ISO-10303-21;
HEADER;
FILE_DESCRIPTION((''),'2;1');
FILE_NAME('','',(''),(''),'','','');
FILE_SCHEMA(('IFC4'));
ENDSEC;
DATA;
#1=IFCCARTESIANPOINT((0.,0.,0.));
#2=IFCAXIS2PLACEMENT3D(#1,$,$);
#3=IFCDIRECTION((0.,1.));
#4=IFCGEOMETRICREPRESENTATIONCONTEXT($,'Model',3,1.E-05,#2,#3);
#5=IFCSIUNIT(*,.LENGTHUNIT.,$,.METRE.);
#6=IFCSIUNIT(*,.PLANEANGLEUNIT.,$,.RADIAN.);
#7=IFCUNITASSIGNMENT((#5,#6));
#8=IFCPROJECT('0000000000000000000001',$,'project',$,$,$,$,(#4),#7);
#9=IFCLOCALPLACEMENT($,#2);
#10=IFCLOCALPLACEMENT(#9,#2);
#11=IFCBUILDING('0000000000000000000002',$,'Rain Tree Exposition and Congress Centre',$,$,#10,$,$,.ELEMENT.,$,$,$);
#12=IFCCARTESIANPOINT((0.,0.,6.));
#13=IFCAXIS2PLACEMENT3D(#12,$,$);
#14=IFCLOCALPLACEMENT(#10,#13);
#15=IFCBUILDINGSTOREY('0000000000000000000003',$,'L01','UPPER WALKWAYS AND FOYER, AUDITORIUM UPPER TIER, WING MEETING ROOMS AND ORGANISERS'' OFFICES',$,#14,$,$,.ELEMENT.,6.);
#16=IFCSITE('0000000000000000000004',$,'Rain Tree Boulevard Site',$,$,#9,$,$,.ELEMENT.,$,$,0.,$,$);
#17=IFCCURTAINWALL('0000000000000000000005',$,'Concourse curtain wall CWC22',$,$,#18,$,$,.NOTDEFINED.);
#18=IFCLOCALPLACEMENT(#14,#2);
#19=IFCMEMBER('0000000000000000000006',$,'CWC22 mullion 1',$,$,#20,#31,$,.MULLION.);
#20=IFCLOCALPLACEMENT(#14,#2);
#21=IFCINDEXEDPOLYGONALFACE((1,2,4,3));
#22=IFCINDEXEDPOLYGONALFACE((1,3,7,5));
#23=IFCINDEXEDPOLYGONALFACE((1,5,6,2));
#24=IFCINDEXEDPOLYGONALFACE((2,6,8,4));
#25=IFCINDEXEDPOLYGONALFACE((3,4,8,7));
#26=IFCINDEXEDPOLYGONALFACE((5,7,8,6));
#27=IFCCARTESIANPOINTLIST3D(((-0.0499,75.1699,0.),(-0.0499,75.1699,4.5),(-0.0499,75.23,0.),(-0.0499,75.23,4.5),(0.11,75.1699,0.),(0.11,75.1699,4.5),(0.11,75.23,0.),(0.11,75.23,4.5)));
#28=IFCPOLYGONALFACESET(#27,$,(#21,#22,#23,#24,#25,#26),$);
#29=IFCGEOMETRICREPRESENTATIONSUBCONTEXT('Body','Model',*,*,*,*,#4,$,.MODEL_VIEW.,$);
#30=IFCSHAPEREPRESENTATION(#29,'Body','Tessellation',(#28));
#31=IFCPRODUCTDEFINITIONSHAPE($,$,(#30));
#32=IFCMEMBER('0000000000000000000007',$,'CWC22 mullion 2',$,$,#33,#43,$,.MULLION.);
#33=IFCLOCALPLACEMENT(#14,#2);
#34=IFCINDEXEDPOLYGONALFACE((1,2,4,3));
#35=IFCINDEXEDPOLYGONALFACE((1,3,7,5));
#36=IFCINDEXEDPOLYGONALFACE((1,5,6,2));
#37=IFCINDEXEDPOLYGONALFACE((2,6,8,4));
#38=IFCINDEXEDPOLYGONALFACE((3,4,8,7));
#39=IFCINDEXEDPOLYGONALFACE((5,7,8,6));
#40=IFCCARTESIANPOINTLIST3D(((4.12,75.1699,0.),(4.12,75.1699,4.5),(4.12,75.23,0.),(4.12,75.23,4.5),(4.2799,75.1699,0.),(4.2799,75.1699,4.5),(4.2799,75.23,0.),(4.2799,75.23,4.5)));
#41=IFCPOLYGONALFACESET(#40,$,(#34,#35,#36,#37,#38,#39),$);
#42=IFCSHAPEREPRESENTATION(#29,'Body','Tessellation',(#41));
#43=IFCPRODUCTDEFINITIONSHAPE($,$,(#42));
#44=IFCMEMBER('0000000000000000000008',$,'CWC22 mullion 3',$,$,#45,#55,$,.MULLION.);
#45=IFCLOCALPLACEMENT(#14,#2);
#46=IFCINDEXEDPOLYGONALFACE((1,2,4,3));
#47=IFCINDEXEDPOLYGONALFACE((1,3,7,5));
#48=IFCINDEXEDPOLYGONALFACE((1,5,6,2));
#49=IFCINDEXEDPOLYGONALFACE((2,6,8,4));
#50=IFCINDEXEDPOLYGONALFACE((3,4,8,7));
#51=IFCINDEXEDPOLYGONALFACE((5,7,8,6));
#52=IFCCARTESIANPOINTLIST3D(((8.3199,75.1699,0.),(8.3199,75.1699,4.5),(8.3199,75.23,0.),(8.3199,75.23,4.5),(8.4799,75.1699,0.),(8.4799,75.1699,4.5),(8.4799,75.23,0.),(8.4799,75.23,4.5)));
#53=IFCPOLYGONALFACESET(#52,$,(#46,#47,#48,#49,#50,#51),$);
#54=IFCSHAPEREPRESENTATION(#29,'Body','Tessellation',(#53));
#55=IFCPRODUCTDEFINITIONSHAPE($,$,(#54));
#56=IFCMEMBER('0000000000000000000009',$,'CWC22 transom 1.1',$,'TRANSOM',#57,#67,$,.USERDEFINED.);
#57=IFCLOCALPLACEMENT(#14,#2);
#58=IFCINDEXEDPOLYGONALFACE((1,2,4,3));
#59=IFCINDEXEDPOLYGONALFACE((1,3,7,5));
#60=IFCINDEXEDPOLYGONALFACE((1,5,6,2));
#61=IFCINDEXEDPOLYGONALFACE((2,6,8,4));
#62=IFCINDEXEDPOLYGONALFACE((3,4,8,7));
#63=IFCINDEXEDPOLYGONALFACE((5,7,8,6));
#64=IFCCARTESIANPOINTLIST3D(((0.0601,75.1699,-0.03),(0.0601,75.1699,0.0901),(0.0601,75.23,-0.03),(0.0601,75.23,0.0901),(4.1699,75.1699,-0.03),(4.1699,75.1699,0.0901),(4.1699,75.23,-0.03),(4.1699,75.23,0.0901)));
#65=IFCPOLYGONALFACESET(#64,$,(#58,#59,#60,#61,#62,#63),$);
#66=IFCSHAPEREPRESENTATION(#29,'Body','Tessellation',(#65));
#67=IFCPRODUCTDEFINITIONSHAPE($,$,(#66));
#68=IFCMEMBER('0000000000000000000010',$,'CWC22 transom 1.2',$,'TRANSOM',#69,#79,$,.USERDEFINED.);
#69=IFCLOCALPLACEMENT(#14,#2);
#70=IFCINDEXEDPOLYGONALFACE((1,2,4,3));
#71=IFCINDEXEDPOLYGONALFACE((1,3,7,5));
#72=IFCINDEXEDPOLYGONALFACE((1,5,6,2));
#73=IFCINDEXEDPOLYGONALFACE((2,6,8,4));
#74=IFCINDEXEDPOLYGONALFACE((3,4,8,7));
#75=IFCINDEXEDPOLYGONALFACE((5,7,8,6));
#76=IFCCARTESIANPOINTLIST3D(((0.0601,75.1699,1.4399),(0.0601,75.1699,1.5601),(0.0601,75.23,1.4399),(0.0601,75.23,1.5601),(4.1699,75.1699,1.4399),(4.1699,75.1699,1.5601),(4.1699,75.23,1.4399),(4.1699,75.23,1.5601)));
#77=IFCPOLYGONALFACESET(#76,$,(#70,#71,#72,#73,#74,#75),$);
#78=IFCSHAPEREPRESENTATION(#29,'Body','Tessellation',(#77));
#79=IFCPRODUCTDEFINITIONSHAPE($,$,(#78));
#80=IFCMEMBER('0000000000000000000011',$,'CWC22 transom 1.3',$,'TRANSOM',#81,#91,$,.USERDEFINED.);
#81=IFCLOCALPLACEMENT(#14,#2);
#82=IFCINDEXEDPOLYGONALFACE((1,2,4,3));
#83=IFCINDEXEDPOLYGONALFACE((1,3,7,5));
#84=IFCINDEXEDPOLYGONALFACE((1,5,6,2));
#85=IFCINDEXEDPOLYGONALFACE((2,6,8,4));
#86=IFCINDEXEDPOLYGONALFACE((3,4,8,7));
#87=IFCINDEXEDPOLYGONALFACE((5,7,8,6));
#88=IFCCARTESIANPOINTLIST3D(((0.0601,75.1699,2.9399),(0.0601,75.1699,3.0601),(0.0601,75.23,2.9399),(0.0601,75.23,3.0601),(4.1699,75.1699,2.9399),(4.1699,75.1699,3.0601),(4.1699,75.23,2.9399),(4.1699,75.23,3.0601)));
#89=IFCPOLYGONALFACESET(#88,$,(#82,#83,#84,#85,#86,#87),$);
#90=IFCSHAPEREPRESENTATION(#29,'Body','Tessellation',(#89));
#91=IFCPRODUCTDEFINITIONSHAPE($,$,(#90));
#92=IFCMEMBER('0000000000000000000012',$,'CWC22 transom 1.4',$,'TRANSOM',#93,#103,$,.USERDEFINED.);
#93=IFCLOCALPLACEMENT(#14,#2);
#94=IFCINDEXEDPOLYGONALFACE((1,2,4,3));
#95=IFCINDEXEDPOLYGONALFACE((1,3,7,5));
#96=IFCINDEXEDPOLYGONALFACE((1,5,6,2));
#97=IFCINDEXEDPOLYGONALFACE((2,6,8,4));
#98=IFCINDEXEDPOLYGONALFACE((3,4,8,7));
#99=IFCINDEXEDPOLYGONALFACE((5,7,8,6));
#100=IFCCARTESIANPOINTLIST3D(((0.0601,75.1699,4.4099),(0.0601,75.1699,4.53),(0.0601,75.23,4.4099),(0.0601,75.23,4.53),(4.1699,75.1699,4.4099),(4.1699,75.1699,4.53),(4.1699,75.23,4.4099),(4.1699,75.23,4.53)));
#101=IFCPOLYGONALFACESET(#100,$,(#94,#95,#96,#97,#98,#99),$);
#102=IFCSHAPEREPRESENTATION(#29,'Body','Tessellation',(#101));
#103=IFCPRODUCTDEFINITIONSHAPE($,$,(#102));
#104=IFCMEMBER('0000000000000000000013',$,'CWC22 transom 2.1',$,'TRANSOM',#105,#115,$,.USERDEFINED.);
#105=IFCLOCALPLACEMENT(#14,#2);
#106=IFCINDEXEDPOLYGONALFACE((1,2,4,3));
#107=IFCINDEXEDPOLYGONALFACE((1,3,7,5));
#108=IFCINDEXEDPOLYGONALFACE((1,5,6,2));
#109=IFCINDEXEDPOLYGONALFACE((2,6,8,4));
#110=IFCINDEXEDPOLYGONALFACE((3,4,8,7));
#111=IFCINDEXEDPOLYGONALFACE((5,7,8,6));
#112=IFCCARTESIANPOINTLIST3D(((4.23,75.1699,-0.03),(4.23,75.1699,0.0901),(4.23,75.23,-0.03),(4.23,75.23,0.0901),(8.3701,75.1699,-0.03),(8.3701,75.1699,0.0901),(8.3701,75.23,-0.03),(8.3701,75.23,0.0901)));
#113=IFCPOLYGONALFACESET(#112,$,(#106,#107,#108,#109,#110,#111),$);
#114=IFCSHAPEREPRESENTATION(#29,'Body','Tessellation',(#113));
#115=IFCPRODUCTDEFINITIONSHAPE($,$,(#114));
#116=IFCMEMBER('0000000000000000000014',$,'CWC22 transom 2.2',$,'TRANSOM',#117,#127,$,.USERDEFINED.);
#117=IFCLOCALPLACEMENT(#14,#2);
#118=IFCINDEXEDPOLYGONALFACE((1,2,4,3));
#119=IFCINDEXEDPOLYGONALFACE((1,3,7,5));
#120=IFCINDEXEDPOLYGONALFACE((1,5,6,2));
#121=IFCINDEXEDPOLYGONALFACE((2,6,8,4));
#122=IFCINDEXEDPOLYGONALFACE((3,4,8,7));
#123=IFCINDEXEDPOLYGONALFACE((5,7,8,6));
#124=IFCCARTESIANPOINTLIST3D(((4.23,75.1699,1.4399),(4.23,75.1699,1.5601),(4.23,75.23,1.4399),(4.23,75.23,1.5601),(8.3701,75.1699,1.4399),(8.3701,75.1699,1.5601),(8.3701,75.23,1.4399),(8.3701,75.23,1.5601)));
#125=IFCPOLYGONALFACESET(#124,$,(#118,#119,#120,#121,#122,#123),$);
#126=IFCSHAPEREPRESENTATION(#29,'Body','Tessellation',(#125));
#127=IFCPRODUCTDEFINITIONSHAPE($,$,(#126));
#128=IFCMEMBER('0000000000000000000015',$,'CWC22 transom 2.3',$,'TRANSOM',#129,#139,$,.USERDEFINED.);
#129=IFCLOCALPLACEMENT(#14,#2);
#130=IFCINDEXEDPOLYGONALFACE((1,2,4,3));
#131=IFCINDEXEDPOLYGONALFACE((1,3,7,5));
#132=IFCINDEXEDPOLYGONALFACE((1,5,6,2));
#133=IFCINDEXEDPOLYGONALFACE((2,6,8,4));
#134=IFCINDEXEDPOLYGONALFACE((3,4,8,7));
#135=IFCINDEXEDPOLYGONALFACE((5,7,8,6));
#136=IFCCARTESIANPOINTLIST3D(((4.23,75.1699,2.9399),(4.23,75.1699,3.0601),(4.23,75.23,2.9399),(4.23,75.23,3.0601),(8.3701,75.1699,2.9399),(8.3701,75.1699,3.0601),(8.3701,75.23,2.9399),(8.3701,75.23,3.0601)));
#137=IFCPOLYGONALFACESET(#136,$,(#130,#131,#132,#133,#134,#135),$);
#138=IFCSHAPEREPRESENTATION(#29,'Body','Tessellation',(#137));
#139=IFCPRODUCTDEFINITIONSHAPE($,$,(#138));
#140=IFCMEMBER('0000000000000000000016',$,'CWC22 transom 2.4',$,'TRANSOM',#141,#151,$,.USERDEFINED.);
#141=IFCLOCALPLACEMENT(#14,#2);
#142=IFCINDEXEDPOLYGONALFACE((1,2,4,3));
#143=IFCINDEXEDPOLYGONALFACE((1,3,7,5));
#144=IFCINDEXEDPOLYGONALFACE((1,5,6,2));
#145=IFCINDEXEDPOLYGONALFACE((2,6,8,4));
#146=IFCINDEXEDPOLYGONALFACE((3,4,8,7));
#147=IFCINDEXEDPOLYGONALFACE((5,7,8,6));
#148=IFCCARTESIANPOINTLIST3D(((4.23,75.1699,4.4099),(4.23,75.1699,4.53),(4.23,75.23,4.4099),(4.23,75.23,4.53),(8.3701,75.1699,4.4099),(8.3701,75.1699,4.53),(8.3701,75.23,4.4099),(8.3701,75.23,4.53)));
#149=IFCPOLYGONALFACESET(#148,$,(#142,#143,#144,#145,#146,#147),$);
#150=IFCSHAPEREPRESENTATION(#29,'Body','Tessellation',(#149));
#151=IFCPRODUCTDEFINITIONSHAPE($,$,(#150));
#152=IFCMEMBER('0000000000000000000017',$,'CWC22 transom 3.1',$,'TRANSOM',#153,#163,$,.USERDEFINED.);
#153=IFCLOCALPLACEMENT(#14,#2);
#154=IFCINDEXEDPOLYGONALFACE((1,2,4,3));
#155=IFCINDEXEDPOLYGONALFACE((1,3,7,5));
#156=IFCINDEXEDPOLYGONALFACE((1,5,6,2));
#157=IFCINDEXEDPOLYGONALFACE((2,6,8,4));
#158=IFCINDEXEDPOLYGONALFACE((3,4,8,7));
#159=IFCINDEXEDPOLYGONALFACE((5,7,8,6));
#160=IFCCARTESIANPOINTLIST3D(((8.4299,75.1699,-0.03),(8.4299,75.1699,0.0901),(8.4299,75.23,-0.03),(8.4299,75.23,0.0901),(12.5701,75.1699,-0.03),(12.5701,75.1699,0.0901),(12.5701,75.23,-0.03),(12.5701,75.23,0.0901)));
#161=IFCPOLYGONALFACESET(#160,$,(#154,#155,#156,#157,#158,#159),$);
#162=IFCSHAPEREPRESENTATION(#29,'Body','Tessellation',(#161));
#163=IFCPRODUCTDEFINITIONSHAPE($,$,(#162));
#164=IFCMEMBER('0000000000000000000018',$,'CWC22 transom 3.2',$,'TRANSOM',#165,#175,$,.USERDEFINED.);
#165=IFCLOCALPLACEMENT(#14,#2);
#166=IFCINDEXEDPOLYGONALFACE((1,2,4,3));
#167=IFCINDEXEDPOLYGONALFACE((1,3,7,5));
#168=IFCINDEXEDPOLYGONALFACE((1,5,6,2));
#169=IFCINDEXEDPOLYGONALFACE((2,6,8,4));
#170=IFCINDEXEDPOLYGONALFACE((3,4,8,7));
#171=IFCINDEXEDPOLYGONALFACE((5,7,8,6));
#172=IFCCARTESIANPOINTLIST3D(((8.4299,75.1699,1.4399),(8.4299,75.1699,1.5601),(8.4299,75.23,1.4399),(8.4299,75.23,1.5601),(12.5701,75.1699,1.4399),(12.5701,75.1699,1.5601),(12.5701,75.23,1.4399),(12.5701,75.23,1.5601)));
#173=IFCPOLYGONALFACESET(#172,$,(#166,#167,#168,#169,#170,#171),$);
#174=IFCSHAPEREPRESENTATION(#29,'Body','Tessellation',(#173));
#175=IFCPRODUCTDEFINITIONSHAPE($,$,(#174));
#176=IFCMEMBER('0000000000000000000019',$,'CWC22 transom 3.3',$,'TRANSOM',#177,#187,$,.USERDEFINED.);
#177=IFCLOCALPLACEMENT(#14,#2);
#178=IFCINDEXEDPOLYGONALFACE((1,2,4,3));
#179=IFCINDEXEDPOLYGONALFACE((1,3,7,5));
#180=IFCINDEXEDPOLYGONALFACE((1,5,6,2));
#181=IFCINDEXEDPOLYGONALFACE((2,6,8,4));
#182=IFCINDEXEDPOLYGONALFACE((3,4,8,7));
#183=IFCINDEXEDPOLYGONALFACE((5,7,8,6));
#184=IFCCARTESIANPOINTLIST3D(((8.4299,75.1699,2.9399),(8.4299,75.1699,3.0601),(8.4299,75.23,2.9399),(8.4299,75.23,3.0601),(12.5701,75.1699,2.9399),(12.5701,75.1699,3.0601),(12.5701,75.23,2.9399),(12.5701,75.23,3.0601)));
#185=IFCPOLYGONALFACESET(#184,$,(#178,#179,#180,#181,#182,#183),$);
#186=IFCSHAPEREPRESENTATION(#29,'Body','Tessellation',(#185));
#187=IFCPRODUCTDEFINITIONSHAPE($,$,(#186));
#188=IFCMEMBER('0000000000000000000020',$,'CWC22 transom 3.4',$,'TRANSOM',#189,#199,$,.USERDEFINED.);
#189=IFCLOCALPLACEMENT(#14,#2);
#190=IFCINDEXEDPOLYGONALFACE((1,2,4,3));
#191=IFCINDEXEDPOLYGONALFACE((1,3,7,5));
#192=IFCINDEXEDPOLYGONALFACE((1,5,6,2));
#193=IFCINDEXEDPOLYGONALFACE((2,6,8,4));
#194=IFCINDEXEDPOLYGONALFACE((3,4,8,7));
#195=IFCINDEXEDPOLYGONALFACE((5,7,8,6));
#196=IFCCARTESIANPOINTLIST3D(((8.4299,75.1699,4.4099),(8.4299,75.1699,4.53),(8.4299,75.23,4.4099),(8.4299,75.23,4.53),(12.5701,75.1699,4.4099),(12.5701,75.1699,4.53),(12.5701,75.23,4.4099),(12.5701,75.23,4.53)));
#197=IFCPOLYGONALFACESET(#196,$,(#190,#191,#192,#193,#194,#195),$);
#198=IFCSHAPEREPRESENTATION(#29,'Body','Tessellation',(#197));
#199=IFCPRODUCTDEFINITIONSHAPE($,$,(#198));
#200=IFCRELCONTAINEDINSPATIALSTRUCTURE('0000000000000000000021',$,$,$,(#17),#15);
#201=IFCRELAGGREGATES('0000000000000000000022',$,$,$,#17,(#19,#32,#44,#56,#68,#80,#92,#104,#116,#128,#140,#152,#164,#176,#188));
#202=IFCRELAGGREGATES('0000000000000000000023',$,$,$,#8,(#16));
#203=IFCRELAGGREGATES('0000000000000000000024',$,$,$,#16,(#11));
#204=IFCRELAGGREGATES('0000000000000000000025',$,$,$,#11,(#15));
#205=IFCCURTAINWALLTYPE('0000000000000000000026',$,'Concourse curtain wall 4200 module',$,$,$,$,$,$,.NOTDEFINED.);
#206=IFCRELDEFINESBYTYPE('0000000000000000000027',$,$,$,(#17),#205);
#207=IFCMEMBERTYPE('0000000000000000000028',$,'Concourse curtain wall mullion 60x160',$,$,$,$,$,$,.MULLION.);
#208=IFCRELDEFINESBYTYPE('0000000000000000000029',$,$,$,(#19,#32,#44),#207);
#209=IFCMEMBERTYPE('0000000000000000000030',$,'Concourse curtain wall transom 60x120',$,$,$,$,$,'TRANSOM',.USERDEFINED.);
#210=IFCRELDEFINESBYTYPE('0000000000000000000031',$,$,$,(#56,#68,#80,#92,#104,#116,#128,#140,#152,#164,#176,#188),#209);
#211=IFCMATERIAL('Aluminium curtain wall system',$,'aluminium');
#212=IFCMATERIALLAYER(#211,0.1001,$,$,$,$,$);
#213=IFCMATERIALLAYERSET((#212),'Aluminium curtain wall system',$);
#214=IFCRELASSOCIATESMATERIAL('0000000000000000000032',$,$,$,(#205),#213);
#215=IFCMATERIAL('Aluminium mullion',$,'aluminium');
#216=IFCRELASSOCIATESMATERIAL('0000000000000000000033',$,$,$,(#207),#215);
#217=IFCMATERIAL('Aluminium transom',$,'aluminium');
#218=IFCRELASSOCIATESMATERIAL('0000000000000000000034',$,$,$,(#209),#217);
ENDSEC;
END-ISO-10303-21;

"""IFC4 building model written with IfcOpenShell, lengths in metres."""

from ifc_helpers import new_model, si_unit, direction, frame, origin, origin_2d, place, context, subcontext, project, spatial, rectangle, extrude, material, layer, layer_set, material_profile, profile_set, type_object, element, aggregate, save


model = new_model("IFC4")

# Units and contexts
model_context = context("Model", 3, precision=1e-05, world=origin(), true_north=direction((0.0, 1.0)))
body_context = subcontext(model_context, "Body", "Model", "MODEL_VIEW")
ifc_project = project(units=[si_unit("LENGTHUNIT", "METRE"), si_unit("PLANEANGLEUNIT", "RADIAN")], contexts=[model_context])

# Site, building, storey
site_placement = place(None, origin())
site = spatial("IfcSite", under=ifc_project, at=site_placement, Name="Rain Tree Boulevard Site", CompositionType="ELEMENT", RefElevation=0.0)
building_placement = place(site_placement, origin())
building = spatial("IfcBuilding", under=site, at=building_placement, Name="Rain Tree Exposition and Congress Centre", CompositionType="ELEMENT")
storey_placement = place(building_placement, frame((0.0, 0.0, 6.0)))
storey = spatial("IfcBuildingStorey", under=building, at=storey_placement, Name="L01", Description="UPPER WALKWAYS AND FOYER, AUDITORIUM UPPER TIER, WING MEETING ROOMS AND ORGANISERS' OFFICES", CompositionType="ELEMENT", Elevation=6.0)

# Curtain wall, members
ifc_material_1 = material(Name="Aluminium curtain wall system", Category="aluminium")
ifc_layer_1 = layer(ifc_material_1, 0.1001)
ifc_layer_set_1 = layer_set([ifc_layer_1], Name="Aluminium curtain wall system")
curtain_wall_type = type_object("IfcCurtainWallType", Name="Concourse curtain wall 4200 module", PredefinedType="NOTDEFINED", material=ifc_layer_set_1)
curtain_wall_placement = place(storey_placement, origin())
curtain_wall = element("IfcCurtainWall", 1, at=curtain_wall_placement, inside=storey, type_object=curtain_wall_type, Name="Concourse curtain wall CWC22", PredefinedType="NOTDEFINED")
ifc_material_2 = material(Name="Aluminium mullion", Category="aluminium")
ifc_material_profile_1 = material_profile(ifc_material_2, rectangle(XDim=0.0601, YDim=0.1599, at=origin_2d()), Name="AL 60x160")
ifc_profile_set_1 = profile_set([ifc_material_profile_1], Name="Aluminium mullion")
member_type_1 = type_object("IfcMemberType", Name="Concourse curtain wall mullion 60x160", PredefinedType="MULLION", material=ifc_profile_set_1)
member_1_placement = place(storey_placement, frame((0.03, 75.2, 0.0), z_axis=(0.0, 0.0, 1.0), x_axis=(0.0, 1.0, 0.0)))
member_1 = element("IfcMember", 2, at=member_1_placement, type_object=member_type_1, Name="CWC22 mullion 1", PredefinedType="MULLION", context=body_context, shape_type="SweptSolid", body=[
    extrude(rectangle(XDim=0.0601, YDim=0.1599, at=origin_2d()), origin(), (0.0, 0.0, 1.0), 4.5),
])
member_2_placement = place(storey_placement, frame((4.2, 75.2, 0.0), z_axis=(0.0, 0.0, 1.0), x_axis=(0.0, 1.0, 0.0)))
member_2 = element("IfcMember", 3, at=member_2_placement, type_object=member_type_1, Name="CWC22 mullion 2", PredefinedType="MULLION", context=body_context, shape_type="SweptSolid", body=[
    extrude(rectangle(XDim=0.0601, YDim=0.1599, at=origin_2d()), origin(), (0.0, 0.0, 1.0), 4.5),
])
member_3_placement = place(storey_placement, frame((8.3999, 75.2, 0.0), z_axis=(0.0, 0.0, 1.0), x_axis=(0.0, 1.0, 0.0)))
member_3 = element("IfcMember", 4, at=member_3_placement, type_object=member_type_1, Name="CWC22 mullion 3", PredefinedType="MULLION", context=body_context, shape_type="SweptSolid", body=[
    extrude(rectangle(XDim=0.0601, YDim=0.1599, at=origin_2d()), origin(), (0.0, 0.0, 1.0), 4.5),
])
ifc_material_3 = material(Name="Aluminium transom", Category="aluminium")
ifc_material_profile_2 = material_profile(ifc_material_3, rectangle(XDim=0.0601, YDim=0.1201, at=origin_2d()), Name="AL 60x120")
ifc_profile_set_2 = profile_set([ifc_material_profile_2], Name="Aluminium transom")
member_type_2 = type_object("IfcMemberType", Name="Concourse curtain wall transom 60x120", ElementType="TRANSOM", PredefinedType="USERDEFINED", material=ifc_profile_set_2)
member_4_placement = place(storey_placement, frame((0.0601, 75.2, 0.03), z_axis=(1.0, 0.0, 0.0), x_axis=(0.0, 1.0, 0.0)))
member_4 = element("IfcMember", 5, at=member_4_placement, type_object=member_type_2, Name="CWC22 transom 1.1", ObjectType="TRANSOM", PredefinedType="USERDEFINED", context=body_context, shape_type="SweptSolid", body=[
    extrude(rectangle(XDim=0.0601, YDim=0.1201, at=origin_2d()), origin(), (0.0, 0.0, 1.0), 4.1099),
])
member_5_placement = place(storey_placement, frame((0.0601, 75.2, 1.5), z_axis=(1.0, 0.0, 0.0), x_axis=(0.0, 1.0, 0.0)))
member_5 = element("IfcMember", 6, at=member_5_placement, type_object=member_type_2, Name="CWC22 transom 1.2", ObjectType="TRANSOM", PredefinedType="USERDEFINED", context=body_context, shape_type="SweptSolid", body=[
    extrude(rectangle(XDim=0.0601, YDim=0.1201, at=origin_2d()), origin(), (0.0, 0.0, 1.0), 4.1099),
])
member_6_placement = place(storey_placement, frame((0.0601, 75.2, 3.0), z_axis=(1.0, 0.0, 0.0), x_axis=(0.0, 1.0, 0.0)))
member_6 = element("IfcMember", 7, at=member_6_placement, type_object=member_type_2, Name="CWC22 transom 1.3", ObjectType="TRANSOM", PredefinedType="USERDEFINED", context=body_context, shape_type="SweptSolid", body=[
    extrude(rectangle(XDim=0.0601, YDim=0.1201, at=origin_2d()), origin(), (0.0, 0.0, 1.0), 4.1099),
])
member_7_placement = place(storey_placement, frame((0.0601, 75.2, 4.47), z_axis=(1.0, 0.0, 0.0), x_axis=(0.0, 1.0, 0.0)))
member_7 = element("IfcMember", 8, at=member_7_placement, type_object=member_type_2, Name="CWC22 transom 1.4", ObjectType="TRANSOM", PredefinedType="USERDEFINED", context=body_context, shape_type="SweptSolid", body=[
    extrude(rectangle(XDim=0.0601, YDim=0.1201, at=origin_2d()), origin(), (0.0, 0.0, 1.0), 4.1099),
])
member_8_placement = place(storey_placement, frame((4.23, 75.2, 0.03), z_axis=(1.0, 0.0, 0.0), x_axis=(0.0, 1.0, 0.0)))
member_8 = element("IfcMember", 9, at=member_8_placement, type_object=member_type_2, Name="CWC22 transom 2.1", ObjectType="TRANSOM", PredefinedType="USERDEFINED", context=body_context, shape_type="SweptSolid", body=[
    extrude(rectangle(XDim=0.0601, YDim=0.1201, at=origin_2d()), origin(), (0.0, 0.0, 1.0), 4.1401),
])
member_9_placement = place(storey_placement, frame((4.23, 75.2, 1.5), z_axis=(1.0, 0.0, 0.0), x_axis=(0.0, 1.0, 0.0)))
member_9 = element("IfcMember", 10, at=member_9_placement, type_object=member_type_2, Name="CWC22 transom 2.2", ObjectType="TRANSOM", PredefinedType="USERDEFINED", context=body_context, shape_type="SweptSolid", body=[
    extrude(rectangle(XDim=0.0601, YDim=0.1201, at=origin_2d()), origin(), (0.0, 0.0, 1.0), 4.1401),
])
member_10_placement = place(storey_placement, frame((4.23, 75.2, 3.0), z_axis=(1.0, 0.0, 0.0), x_axis=(0.0, 1.0, 0.0)))
member_10 = element("IfcMember", 11, at=member_10_placement, type_object=member_type_2, Name="CWC22 transom 2.3", ObjectType="TRANSOM", PredefinedType="USERDEFINED", context=body_context, shape_type="SweptSolid", body=[
    extrude(rectangle(XDim=0.0601, YDim=0.1201, at=origin_2d()), origin(), (0.0, 0.0, 1.0), 4.1401),
])
member_11_placement = place(storey_placement, frame((4.23, 75.2, 4.47), z_axis=(1.0, 0.0, 0.0), x_axis=(0.0, 1.0, 0.0)))
member_11 = element("IfcMember", 12, at=member_11_placement, type_object=member_type_2, Name="CWC22 transom 2.4", ObjectType="TRANSOM", PredefinedType="USERDEFINED", context=body_context, shape_type="SweptSolid", body=[
    extrude(rectangle(XDim=0.0601, YDim=0.1201, at=origin_2d()), origin(), (0.0, 0.0, 1.0), 4.1401),
])
member_12_placement = place(storey_placement, frame((8.4299, 75.2, 0.03), z_axis=(1.0, 0.0, 0.0), x_axis=(0.0, 1.0, 0.0)))
member_12 = element("IfcMember", 13, at=member_12_placement, type_object=member_type_2, Name="CWC22 transom 3.1", ObjectType="TRANSOM", PredefinedType="USERDEFINED", context=body_context, shape_type="SweptSolid", body=[
    extrude(rectangle(XDim=0.0601, YDim=0.1201, at=origin_2d()), origin(), (0.0, 0.0, 1.0), 4.1401),
])
member_13_placement = place(storey_placement, frame((8.4299, 75.2, 1.5), z_axis=(1.0, 0.0, 0.0), x_axis=(0.0, 1.0, 0.0)))
member_13 = element("IfcMember", 14, at=member_13_placement, type_object=member_type_2, Name="CWC22 transom 3.2", ObjectType="TRANSOM", PredefinedType="USERDEFINED", context=body_context, shape_type="SweptSolid", body=[
    extrude(rectangle(XDim=0.0601, YDim=0.1201, at=origin_2d()), origin(), (0.0, 0.0, 1.0), 4.1401),
])
member_14_placement = place(storey_placement, frame((8.4299, 75.2, 3.0), z_axis=(1.0, 0.0, 0.0), x_axis=(0.0, 1.0, 0.0)))
member_14 = element("IfcMember", 15, at=member_14_placement, type_object=member_type_2, Name="CWC22 transom 3.3", ObjectType="TRANSOM", PredefinedType="USERDEFINED", context=body_context, shape_type="SweptSolid", body=[
    extrude(rectangle(XDim=0.0601, YDim=0.1201, at=origin_2d()), origin(), (0.0, 0.0, 1.0), 4.1401),
])
member_15_placement = place(storey_placement, frame((8.4299, 75.2, 4.47), z_axis=(1.0, 0.0, 0.0), x_axis=(0.0, 1.0, 0.0)))
member_15 = element("IfcMember", 16, at=member_15_placement, type_object=member_type_2, Name="CWC22 transom 3.4", ObjectType="TRANSOM", PredefinedType="USERDEFINED", context=body_context, shape_type="SweptSolid", body=[
    extrude(rectangle(XDim=0.0601, YDim=0.1201, at=origin_2d()), origin(), (0.0, 0.0, 1.0), 4.1401),
])
aggregate(curtain_wall, [member_1, member_2, member_3, member_4, member_5, member_6, member_7, member_8, member_9, member_10, member_11, member_12, member_13, member_14, member_15])

save(model, "model.ifc")
